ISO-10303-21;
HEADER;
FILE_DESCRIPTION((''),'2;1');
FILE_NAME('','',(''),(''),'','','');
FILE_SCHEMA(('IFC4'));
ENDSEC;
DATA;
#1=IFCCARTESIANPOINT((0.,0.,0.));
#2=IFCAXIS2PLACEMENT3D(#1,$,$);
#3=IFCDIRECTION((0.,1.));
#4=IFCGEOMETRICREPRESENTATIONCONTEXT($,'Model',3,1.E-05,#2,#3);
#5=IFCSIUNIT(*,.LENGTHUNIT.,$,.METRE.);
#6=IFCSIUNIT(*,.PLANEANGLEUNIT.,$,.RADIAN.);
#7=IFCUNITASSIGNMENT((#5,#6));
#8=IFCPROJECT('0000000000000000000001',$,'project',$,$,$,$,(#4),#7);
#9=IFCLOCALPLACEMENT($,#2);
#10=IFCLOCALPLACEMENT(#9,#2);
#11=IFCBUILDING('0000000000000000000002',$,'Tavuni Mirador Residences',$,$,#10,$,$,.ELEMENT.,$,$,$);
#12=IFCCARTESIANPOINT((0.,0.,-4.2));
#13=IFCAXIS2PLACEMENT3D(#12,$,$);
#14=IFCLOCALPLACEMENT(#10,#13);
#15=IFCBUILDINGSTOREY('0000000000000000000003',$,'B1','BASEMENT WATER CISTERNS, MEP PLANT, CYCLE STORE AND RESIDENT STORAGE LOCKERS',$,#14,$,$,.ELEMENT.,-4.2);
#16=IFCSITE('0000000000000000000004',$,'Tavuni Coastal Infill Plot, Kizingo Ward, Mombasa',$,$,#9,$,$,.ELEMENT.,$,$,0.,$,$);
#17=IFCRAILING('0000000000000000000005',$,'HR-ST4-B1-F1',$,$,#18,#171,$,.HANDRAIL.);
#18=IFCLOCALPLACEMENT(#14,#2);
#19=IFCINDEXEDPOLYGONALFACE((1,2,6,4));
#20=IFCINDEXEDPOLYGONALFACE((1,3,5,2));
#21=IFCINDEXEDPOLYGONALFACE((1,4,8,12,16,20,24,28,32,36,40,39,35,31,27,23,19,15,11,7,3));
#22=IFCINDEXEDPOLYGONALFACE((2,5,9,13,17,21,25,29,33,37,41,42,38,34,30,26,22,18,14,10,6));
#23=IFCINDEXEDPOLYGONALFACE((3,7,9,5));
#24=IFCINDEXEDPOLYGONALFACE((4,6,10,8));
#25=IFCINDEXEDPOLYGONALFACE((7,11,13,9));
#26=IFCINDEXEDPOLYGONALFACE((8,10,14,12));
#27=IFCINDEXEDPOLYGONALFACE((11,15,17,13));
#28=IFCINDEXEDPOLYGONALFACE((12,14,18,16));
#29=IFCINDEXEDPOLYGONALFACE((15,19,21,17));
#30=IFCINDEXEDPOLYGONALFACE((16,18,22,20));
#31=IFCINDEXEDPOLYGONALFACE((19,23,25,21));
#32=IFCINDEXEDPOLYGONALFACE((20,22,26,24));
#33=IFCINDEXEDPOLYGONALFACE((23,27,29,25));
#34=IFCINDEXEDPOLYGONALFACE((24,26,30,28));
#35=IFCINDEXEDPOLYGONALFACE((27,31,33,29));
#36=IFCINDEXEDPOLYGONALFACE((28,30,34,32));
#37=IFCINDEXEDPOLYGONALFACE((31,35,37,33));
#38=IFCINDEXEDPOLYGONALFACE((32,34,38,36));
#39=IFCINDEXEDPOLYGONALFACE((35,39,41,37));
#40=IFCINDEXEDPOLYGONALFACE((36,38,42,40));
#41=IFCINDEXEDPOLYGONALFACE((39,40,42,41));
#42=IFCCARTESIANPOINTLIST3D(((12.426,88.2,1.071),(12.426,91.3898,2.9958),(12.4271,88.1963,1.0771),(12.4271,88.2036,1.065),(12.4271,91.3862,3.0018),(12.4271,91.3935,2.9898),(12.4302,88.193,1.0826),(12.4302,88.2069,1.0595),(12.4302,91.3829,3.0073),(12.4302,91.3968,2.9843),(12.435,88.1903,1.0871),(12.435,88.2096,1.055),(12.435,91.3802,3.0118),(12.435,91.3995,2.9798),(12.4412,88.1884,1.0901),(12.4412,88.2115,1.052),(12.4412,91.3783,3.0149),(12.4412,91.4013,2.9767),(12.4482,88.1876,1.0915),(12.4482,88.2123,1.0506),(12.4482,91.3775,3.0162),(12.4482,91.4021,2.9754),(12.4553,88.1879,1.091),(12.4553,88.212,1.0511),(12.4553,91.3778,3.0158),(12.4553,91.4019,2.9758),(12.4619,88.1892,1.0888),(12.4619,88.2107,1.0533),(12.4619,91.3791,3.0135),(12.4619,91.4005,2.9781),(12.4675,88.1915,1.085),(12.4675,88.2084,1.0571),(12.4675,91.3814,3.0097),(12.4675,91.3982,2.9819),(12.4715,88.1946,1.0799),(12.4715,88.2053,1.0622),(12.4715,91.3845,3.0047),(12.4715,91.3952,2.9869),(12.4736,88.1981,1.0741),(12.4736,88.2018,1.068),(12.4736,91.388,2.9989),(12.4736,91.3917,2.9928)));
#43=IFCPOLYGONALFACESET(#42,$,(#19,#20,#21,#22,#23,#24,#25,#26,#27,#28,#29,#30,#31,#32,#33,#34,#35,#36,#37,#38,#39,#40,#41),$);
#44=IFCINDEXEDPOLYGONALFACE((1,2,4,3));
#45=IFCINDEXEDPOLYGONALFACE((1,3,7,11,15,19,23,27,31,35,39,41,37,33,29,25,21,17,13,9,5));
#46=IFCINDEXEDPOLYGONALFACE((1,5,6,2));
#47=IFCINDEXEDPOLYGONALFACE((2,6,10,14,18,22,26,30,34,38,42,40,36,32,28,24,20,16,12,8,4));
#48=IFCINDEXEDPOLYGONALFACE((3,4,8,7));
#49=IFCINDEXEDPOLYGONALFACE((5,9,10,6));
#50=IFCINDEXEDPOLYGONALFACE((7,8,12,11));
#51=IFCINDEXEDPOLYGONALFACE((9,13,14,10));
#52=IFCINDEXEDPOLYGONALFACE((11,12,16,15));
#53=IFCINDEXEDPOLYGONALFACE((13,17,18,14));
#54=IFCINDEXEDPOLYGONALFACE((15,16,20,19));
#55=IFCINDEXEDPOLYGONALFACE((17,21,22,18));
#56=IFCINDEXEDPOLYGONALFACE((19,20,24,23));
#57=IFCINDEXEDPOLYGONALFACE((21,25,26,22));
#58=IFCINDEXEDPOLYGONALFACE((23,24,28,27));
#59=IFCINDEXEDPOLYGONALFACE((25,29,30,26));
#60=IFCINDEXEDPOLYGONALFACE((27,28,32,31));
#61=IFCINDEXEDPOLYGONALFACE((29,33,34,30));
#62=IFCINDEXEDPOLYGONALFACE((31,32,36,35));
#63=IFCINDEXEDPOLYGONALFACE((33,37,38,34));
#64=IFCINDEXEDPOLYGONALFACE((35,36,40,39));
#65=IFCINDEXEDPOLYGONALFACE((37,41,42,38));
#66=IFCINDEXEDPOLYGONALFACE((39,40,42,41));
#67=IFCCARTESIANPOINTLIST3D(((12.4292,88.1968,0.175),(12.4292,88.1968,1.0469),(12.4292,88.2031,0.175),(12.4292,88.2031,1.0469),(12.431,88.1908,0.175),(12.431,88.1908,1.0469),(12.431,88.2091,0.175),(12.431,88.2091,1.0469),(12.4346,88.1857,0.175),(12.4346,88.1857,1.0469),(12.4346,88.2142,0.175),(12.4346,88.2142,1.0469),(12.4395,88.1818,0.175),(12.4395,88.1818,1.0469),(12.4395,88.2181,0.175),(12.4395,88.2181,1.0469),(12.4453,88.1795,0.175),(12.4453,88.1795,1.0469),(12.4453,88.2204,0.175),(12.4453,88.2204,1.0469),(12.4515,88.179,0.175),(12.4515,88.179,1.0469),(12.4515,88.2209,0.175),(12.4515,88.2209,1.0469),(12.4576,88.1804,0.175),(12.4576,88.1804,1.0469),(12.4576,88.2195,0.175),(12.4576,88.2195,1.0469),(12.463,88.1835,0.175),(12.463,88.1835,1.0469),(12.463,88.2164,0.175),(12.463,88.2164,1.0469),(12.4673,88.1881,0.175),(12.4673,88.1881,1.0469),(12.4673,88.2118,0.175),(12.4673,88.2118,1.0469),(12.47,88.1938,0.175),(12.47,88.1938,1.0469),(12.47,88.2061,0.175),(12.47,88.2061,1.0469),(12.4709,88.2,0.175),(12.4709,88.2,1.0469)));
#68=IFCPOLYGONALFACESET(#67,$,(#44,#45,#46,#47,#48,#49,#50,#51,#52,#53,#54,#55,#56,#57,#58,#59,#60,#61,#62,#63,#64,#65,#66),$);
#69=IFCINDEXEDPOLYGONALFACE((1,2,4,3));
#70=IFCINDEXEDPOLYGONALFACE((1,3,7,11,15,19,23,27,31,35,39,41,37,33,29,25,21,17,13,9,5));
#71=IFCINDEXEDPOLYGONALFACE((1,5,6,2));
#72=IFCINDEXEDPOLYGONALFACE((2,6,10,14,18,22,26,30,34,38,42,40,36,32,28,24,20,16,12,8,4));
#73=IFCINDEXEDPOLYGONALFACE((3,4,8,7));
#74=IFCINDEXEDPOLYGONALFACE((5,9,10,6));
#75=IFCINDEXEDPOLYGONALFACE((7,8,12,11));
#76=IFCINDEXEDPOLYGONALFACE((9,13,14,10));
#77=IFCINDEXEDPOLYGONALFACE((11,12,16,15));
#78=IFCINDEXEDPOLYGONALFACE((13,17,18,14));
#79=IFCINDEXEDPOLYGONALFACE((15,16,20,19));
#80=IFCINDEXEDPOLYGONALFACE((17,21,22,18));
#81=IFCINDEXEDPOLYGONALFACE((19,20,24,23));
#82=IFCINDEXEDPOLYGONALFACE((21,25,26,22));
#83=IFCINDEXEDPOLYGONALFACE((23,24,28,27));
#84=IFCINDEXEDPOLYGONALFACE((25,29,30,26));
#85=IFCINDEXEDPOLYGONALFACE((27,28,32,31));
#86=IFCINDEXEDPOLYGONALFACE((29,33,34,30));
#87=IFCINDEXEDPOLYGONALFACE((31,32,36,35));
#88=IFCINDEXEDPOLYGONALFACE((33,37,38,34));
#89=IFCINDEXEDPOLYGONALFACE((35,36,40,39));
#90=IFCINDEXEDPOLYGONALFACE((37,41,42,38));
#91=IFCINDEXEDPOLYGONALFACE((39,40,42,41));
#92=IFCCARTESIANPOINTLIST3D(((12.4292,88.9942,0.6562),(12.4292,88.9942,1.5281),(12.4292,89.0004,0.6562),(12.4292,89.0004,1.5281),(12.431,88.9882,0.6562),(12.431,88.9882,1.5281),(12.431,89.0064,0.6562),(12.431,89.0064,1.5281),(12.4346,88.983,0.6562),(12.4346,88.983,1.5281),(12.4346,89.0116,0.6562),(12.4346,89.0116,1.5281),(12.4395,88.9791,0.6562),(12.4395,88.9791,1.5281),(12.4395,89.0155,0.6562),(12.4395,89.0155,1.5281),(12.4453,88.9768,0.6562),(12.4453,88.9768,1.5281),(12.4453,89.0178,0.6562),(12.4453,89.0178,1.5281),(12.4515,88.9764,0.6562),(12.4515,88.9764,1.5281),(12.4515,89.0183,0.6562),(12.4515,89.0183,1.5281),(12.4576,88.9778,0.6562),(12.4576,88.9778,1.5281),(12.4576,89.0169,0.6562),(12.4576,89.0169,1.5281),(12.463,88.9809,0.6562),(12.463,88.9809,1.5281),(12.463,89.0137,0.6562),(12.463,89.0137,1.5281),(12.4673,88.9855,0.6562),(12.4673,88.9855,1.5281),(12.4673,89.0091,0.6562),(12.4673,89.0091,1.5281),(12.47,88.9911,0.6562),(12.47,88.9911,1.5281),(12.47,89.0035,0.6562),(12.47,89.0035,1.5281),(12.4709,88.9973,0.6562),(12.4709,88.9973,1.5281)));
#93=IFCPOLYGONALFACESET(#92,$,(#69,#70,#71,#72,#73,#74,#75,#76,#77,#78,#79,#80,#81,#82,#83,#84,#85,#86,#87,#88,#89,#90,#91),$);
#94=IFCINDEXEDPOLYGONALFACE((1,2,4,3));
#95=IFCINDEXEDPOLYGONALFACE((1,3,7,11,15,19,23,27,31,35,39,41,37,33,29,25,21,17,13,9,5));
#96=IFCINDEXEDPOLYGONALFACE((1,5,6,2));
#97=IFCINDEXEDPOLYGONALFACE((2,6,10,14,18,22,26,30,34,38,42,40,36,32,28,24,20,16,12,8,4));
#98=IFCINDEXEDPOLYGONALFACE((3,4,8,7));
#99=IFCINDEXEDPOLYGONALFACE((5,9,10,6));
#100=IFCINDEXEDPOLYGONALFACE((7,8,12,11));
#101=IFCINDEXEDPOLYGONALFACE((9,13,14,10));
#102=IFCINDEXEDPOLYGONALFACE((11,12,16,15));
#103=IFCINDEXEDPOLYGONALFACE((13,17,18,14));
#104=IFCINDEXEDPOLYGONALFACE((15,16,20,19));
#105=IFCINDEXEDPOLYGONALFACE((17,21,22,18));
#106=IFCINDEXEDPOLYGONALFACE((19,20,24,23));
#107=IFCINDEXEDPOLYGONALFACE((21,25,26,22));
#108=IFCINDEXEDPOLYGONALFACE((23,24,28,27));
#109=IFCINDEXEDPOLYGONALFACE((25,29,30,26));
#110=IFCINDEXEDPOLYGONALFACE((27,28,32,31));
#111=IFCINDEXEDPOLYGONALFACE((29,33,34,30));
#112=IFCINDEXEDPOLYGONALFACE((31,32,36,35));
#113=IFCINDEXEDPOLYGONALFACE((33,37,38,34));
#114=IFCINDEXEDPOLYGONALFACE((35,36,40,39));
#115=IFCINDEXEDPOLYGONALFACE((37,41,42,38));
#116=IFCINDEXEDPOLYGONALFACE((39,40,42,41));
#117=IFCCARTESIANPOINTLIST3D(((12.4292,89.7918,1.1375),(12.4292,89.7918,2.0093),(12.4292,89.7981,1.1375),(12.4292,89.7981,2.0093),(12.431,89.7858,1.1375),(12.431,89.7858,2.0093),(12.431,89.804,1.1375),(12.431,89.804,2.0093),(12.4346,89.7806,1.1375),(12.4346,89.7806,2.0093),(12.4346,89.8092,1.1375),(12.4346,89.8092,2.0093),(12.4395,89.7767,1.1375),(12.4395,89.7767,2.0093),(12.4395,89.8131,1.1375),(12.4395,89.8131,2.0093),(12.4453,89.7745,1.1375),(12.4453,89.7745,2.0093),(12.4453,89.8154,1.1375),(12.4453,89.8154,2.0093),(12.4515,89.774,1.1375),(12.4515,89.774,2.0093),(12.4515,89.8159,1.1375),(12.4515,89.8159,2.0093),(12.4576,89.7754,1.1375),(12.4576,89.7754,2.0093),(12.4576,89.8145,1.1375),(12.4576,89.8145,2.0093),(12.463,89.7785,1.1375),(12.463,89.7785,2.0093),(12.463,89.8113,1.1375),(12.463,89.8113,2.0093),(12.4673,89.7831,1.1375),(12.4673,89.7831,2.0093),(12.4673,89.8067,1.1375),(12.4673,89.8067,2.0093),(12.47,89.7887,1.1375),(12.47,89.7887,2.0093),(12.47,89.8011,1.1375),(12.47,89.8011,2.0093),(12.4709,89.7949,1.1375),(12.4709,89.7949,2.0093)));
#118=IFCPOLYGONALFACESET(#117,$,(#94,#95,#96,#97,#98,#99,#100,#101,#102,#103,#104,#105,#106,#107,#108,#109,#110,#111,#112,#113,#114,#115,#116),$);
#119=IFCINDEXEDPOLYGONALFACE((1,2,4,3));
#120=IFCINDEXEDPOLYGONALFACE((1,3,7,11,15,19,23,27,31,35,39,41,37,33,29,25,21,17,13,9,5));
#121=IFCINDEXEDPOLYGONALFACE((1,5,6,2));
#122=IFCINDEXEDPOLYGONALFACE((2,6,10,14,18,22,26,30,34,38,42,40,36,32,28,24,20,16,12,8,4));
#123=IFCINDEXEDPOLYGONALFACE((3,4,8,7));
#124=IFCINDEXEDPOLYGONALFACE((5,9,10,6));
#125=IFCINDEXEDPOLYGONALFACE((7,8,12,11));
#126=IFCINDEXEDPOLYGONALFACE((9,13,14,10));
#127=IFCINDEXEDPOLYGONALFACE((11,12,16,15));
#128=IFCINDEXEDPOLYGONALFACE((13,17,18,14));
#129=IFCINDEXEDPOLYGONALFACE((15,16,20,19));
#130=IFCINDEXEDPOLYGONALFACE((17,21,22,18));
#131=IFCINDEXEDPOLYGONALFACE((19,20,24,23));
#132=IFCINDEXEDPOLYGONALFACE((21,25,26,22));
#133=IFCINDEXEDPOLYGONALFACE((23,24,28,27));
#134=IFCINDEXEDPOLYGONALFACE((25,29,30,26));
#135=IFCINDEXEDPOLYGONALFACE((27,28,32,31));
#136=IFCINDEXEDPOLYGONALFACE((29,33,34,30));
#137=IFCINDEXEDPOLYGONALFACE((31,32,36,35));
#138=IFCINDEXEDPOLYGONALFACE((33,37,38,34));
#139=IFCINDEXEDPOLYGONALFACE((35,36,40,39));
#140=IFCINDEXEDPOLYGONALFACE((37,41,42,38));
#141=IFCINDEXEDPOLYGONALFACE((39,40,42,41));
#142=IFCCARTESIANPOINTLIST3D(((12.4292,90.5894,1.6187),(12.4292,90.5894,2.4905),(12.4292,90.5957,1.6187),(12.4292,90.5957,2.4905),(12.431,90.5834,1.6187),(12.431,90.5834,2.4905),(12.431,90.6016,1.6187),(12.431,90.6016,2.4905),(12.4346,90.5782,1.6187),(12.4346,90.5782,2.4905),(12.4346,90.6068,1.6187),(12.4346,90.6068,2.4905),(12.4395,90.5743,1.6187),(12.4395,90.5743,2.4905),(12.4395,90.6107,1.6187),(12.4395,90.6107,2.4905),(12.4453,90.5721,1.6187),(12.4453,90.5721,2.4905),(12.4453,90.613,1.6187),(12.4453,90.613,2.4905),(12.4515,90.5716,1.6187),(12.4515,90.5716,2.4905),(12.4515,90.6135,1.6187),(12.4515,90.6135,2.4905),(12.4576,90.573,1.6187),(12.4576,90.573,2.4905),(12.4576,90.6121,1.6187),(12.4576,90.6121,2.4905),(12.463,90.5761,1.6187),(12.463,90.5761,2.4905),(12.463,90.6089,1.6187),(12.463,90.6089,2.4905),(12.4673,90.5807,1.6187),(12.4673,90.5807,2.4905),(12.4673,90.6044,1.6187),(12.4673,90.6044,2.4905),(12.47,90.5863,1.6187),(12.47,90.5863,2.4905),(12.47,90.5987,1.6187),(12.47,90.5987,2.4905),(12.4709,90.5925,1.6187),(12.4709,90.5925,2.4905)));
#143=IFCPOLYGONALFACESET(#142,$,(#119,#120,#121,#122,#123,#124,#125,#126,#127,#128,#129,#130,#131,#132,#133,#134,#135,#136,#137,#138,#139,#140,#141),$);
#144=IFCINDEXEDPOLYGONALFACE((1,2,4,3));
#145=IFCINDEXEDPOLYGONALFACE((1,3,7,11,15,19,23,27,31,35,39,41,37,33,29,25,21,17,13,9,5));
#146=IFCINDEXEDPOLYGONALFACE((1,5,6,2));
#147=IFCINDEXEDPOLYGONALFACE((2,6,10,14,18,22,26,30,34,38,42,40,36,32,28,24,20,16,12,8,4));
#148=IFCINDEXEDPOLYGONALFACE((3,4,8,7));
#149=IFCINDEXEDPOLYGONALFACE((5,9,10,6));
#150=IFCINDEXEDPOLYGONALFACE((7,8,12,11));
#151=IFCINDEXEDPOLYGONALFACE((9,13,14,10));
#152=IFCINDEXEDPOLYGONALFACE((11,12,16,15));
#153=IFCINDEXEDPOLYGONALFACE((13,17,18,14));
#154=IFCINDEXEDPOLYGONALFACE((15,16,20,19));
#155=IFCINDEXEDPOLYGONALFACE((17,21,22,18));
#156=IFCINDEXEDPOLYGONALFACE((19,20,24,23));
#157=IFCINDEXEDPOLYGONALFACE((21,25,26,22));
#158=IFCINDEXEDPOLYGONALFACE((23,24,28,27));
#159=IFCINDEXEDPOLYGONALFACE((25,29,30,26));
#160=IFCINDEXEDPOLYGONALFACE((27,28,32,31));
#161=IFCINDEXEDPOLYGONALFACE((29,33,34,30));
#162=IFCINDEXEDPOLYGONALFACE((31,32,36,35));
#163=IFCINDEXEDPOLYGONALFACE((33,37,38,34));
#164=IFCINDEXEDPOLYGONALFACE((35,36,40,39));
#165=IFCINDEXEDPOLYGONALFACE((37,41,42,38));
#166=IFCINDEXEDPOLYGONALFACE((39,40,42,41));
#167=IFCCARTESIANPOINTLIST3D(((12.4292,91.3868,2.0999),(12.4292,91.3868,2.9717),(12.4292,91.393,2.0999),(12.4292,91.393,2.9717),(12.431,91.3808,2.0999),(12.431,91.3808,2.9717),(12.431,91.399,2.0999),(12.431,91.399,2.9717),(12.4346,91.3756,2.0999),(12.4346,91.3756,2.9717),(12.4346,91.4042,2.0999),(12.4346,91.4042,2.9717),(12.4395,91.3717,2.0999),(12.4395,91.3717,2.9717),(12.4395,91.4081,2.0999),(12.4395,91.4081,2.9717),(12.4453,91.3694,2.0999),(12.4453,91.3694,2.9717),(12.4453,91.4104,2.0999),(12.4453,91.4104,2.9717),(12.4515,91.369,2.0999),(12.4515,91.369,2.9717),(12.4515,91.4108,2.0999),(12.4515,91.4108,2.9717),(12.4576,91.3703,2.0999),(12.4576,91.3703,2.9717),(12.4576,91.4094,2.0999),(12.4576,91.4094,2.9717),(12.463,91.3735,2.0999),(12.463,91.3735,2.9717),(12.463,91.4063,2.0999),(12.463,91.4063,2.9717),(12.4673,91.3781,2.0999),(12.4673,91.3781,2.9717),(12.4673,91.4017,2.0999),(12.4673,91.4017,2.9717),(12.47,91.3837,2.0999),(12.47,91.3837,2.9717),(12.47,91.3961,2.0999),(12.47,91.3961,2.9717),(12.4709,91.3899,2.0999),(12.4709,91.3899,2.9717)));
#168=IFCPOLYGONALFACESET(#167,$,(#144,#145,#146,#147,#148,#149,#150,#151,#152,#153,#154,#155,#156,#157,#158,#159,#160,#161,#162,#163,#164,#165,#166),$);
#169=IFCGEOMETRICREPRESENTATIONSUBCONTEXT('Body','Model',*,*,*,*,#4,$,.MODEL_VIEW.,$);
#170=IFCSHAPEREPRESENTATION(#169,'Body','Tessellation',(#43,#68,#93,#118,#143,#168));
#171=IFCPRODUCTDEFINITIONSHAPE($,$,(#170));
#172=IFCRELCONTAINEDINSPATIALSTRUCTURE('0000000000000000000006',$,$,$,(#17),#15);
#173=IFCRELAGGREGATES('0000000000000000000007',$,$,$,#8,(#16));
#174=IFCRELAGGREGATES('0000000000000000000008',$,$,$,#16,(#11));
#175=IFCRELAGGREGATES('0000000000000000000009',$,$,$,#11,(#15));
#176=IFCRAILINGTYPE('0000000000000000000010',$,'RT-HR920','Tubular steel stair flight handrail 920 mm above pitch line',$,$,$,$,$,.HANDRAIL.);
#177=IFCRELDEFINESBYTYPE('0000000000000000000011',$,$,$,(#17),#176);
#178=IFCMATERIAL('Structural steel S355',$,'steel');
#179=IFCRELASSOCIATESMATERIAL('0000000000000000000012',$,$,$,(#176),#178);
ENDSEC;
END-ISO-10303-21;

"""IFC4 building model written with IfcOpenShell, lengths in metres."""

from ifc_helpers import new_model, si_unit, direction, frame, origin, origin_2d, place, context, subcontext, project, spatial, circle, extrude, material, type_object, element, save


model = new_model("IFC4")

# Units and contexts
model_context = context("Model", 3, precision=1e-05, world=origin(), true_north=direction((0.0, 1.0)))
body_context = subcontext(model_context, "Body", "Model", "MODEL_VIEW")
ifc_project = project(units=[si_unit("LENGTHUNIT", "METRE"), si_unit("PLANEANGLEUNIT", "RADIAN")], contexts=[model_context])

# Site, building, storey
site_placement = place(None, origin())
site = spatial("IfcSite", under=ifc_project, at=site_placement, Name="Tavuni Coastal Infill Plot, Kizingo Ward, Mombasa", CompositionType="ELEMENT", RefElevation=0.0)
building_placement = place(site_placement, origin())
building = spatial("IfcBuilding", under=site, at=building_placement, Name="Tavuni Mirador Residences", CompositionType="ELEMENT")
storey_placement = place(building_placement, frame((0.0, 0.0, -4.2)))
storey = spatial("IfcBuildingStorey", under=building, at=storey_placement, Name="B1", Description="BASEMENT WATER CISTERNS, MEP PLANT, CYCLE STORE AND RESIDENT STORAGE LOCKERS", CompositionType="ELEMENT", Elevation=-4.2)

# Shared definitions
ifc_material_1 = material(Name="Structural steel S355", Category="steel")

# Railing
railing_type_1 = type_object("IfcRailingType", Name="RT-HR920", Description="Tubular steel stair flight handrail 920 mm above pitch line", PredefinedType="HANDRAIL", material=ifc_material_1)
railing_1_placement = place(storey_placement, frame((12.45, 88.2, 0.175)))
element("IfcRailing", 1, at=railing_1_placement, inside=storey, type_object=railing_type_1, Name="HR-ST4-B1-F1", PredefinedType="HANDRAIL", context=body_context, shape_type="SweptSolid", body=[
    extrude(circle(Radius=0.0239, at=origin_2d()), frame((0.0, 0.0, 0.896), z_axis=(0.0, 0.856207, 0.516633), x_axis=(-1.0, 0.0, 0.0)), (0.0, 0.0, 1.0), 3.7256),
    extrude(circle(Radius=0.021, at=origin_2d()), origin(), (0.0, 0.0, 1.0), 0.8718),
    extrude(circle(Radius=0.021, at=origin_2d()), frame((0.0, 0.7974, 0.4812)), (0.0, 0.0, 1.0), 0.8718),
    extrude(circle(Radius=0.021, at=origin_2d()), frame((0.0, 1.595, 0.9624)), (0.0, 0.0, 1.0), 0.8718),
    extrude(circle(Radius=0.021, at=origin_2d()), frame((0.0, 2.3926, 1.4436)), (0.0, 0.0, 1.0), 0.8718),
    extrude(circle(Radius=0.021, at=origin_2d()), frame((0.0, 3.1899, 1.9248)), (0.0, 0.0, 1.0), 0.8718),
])

save(model, "model.ifc")
